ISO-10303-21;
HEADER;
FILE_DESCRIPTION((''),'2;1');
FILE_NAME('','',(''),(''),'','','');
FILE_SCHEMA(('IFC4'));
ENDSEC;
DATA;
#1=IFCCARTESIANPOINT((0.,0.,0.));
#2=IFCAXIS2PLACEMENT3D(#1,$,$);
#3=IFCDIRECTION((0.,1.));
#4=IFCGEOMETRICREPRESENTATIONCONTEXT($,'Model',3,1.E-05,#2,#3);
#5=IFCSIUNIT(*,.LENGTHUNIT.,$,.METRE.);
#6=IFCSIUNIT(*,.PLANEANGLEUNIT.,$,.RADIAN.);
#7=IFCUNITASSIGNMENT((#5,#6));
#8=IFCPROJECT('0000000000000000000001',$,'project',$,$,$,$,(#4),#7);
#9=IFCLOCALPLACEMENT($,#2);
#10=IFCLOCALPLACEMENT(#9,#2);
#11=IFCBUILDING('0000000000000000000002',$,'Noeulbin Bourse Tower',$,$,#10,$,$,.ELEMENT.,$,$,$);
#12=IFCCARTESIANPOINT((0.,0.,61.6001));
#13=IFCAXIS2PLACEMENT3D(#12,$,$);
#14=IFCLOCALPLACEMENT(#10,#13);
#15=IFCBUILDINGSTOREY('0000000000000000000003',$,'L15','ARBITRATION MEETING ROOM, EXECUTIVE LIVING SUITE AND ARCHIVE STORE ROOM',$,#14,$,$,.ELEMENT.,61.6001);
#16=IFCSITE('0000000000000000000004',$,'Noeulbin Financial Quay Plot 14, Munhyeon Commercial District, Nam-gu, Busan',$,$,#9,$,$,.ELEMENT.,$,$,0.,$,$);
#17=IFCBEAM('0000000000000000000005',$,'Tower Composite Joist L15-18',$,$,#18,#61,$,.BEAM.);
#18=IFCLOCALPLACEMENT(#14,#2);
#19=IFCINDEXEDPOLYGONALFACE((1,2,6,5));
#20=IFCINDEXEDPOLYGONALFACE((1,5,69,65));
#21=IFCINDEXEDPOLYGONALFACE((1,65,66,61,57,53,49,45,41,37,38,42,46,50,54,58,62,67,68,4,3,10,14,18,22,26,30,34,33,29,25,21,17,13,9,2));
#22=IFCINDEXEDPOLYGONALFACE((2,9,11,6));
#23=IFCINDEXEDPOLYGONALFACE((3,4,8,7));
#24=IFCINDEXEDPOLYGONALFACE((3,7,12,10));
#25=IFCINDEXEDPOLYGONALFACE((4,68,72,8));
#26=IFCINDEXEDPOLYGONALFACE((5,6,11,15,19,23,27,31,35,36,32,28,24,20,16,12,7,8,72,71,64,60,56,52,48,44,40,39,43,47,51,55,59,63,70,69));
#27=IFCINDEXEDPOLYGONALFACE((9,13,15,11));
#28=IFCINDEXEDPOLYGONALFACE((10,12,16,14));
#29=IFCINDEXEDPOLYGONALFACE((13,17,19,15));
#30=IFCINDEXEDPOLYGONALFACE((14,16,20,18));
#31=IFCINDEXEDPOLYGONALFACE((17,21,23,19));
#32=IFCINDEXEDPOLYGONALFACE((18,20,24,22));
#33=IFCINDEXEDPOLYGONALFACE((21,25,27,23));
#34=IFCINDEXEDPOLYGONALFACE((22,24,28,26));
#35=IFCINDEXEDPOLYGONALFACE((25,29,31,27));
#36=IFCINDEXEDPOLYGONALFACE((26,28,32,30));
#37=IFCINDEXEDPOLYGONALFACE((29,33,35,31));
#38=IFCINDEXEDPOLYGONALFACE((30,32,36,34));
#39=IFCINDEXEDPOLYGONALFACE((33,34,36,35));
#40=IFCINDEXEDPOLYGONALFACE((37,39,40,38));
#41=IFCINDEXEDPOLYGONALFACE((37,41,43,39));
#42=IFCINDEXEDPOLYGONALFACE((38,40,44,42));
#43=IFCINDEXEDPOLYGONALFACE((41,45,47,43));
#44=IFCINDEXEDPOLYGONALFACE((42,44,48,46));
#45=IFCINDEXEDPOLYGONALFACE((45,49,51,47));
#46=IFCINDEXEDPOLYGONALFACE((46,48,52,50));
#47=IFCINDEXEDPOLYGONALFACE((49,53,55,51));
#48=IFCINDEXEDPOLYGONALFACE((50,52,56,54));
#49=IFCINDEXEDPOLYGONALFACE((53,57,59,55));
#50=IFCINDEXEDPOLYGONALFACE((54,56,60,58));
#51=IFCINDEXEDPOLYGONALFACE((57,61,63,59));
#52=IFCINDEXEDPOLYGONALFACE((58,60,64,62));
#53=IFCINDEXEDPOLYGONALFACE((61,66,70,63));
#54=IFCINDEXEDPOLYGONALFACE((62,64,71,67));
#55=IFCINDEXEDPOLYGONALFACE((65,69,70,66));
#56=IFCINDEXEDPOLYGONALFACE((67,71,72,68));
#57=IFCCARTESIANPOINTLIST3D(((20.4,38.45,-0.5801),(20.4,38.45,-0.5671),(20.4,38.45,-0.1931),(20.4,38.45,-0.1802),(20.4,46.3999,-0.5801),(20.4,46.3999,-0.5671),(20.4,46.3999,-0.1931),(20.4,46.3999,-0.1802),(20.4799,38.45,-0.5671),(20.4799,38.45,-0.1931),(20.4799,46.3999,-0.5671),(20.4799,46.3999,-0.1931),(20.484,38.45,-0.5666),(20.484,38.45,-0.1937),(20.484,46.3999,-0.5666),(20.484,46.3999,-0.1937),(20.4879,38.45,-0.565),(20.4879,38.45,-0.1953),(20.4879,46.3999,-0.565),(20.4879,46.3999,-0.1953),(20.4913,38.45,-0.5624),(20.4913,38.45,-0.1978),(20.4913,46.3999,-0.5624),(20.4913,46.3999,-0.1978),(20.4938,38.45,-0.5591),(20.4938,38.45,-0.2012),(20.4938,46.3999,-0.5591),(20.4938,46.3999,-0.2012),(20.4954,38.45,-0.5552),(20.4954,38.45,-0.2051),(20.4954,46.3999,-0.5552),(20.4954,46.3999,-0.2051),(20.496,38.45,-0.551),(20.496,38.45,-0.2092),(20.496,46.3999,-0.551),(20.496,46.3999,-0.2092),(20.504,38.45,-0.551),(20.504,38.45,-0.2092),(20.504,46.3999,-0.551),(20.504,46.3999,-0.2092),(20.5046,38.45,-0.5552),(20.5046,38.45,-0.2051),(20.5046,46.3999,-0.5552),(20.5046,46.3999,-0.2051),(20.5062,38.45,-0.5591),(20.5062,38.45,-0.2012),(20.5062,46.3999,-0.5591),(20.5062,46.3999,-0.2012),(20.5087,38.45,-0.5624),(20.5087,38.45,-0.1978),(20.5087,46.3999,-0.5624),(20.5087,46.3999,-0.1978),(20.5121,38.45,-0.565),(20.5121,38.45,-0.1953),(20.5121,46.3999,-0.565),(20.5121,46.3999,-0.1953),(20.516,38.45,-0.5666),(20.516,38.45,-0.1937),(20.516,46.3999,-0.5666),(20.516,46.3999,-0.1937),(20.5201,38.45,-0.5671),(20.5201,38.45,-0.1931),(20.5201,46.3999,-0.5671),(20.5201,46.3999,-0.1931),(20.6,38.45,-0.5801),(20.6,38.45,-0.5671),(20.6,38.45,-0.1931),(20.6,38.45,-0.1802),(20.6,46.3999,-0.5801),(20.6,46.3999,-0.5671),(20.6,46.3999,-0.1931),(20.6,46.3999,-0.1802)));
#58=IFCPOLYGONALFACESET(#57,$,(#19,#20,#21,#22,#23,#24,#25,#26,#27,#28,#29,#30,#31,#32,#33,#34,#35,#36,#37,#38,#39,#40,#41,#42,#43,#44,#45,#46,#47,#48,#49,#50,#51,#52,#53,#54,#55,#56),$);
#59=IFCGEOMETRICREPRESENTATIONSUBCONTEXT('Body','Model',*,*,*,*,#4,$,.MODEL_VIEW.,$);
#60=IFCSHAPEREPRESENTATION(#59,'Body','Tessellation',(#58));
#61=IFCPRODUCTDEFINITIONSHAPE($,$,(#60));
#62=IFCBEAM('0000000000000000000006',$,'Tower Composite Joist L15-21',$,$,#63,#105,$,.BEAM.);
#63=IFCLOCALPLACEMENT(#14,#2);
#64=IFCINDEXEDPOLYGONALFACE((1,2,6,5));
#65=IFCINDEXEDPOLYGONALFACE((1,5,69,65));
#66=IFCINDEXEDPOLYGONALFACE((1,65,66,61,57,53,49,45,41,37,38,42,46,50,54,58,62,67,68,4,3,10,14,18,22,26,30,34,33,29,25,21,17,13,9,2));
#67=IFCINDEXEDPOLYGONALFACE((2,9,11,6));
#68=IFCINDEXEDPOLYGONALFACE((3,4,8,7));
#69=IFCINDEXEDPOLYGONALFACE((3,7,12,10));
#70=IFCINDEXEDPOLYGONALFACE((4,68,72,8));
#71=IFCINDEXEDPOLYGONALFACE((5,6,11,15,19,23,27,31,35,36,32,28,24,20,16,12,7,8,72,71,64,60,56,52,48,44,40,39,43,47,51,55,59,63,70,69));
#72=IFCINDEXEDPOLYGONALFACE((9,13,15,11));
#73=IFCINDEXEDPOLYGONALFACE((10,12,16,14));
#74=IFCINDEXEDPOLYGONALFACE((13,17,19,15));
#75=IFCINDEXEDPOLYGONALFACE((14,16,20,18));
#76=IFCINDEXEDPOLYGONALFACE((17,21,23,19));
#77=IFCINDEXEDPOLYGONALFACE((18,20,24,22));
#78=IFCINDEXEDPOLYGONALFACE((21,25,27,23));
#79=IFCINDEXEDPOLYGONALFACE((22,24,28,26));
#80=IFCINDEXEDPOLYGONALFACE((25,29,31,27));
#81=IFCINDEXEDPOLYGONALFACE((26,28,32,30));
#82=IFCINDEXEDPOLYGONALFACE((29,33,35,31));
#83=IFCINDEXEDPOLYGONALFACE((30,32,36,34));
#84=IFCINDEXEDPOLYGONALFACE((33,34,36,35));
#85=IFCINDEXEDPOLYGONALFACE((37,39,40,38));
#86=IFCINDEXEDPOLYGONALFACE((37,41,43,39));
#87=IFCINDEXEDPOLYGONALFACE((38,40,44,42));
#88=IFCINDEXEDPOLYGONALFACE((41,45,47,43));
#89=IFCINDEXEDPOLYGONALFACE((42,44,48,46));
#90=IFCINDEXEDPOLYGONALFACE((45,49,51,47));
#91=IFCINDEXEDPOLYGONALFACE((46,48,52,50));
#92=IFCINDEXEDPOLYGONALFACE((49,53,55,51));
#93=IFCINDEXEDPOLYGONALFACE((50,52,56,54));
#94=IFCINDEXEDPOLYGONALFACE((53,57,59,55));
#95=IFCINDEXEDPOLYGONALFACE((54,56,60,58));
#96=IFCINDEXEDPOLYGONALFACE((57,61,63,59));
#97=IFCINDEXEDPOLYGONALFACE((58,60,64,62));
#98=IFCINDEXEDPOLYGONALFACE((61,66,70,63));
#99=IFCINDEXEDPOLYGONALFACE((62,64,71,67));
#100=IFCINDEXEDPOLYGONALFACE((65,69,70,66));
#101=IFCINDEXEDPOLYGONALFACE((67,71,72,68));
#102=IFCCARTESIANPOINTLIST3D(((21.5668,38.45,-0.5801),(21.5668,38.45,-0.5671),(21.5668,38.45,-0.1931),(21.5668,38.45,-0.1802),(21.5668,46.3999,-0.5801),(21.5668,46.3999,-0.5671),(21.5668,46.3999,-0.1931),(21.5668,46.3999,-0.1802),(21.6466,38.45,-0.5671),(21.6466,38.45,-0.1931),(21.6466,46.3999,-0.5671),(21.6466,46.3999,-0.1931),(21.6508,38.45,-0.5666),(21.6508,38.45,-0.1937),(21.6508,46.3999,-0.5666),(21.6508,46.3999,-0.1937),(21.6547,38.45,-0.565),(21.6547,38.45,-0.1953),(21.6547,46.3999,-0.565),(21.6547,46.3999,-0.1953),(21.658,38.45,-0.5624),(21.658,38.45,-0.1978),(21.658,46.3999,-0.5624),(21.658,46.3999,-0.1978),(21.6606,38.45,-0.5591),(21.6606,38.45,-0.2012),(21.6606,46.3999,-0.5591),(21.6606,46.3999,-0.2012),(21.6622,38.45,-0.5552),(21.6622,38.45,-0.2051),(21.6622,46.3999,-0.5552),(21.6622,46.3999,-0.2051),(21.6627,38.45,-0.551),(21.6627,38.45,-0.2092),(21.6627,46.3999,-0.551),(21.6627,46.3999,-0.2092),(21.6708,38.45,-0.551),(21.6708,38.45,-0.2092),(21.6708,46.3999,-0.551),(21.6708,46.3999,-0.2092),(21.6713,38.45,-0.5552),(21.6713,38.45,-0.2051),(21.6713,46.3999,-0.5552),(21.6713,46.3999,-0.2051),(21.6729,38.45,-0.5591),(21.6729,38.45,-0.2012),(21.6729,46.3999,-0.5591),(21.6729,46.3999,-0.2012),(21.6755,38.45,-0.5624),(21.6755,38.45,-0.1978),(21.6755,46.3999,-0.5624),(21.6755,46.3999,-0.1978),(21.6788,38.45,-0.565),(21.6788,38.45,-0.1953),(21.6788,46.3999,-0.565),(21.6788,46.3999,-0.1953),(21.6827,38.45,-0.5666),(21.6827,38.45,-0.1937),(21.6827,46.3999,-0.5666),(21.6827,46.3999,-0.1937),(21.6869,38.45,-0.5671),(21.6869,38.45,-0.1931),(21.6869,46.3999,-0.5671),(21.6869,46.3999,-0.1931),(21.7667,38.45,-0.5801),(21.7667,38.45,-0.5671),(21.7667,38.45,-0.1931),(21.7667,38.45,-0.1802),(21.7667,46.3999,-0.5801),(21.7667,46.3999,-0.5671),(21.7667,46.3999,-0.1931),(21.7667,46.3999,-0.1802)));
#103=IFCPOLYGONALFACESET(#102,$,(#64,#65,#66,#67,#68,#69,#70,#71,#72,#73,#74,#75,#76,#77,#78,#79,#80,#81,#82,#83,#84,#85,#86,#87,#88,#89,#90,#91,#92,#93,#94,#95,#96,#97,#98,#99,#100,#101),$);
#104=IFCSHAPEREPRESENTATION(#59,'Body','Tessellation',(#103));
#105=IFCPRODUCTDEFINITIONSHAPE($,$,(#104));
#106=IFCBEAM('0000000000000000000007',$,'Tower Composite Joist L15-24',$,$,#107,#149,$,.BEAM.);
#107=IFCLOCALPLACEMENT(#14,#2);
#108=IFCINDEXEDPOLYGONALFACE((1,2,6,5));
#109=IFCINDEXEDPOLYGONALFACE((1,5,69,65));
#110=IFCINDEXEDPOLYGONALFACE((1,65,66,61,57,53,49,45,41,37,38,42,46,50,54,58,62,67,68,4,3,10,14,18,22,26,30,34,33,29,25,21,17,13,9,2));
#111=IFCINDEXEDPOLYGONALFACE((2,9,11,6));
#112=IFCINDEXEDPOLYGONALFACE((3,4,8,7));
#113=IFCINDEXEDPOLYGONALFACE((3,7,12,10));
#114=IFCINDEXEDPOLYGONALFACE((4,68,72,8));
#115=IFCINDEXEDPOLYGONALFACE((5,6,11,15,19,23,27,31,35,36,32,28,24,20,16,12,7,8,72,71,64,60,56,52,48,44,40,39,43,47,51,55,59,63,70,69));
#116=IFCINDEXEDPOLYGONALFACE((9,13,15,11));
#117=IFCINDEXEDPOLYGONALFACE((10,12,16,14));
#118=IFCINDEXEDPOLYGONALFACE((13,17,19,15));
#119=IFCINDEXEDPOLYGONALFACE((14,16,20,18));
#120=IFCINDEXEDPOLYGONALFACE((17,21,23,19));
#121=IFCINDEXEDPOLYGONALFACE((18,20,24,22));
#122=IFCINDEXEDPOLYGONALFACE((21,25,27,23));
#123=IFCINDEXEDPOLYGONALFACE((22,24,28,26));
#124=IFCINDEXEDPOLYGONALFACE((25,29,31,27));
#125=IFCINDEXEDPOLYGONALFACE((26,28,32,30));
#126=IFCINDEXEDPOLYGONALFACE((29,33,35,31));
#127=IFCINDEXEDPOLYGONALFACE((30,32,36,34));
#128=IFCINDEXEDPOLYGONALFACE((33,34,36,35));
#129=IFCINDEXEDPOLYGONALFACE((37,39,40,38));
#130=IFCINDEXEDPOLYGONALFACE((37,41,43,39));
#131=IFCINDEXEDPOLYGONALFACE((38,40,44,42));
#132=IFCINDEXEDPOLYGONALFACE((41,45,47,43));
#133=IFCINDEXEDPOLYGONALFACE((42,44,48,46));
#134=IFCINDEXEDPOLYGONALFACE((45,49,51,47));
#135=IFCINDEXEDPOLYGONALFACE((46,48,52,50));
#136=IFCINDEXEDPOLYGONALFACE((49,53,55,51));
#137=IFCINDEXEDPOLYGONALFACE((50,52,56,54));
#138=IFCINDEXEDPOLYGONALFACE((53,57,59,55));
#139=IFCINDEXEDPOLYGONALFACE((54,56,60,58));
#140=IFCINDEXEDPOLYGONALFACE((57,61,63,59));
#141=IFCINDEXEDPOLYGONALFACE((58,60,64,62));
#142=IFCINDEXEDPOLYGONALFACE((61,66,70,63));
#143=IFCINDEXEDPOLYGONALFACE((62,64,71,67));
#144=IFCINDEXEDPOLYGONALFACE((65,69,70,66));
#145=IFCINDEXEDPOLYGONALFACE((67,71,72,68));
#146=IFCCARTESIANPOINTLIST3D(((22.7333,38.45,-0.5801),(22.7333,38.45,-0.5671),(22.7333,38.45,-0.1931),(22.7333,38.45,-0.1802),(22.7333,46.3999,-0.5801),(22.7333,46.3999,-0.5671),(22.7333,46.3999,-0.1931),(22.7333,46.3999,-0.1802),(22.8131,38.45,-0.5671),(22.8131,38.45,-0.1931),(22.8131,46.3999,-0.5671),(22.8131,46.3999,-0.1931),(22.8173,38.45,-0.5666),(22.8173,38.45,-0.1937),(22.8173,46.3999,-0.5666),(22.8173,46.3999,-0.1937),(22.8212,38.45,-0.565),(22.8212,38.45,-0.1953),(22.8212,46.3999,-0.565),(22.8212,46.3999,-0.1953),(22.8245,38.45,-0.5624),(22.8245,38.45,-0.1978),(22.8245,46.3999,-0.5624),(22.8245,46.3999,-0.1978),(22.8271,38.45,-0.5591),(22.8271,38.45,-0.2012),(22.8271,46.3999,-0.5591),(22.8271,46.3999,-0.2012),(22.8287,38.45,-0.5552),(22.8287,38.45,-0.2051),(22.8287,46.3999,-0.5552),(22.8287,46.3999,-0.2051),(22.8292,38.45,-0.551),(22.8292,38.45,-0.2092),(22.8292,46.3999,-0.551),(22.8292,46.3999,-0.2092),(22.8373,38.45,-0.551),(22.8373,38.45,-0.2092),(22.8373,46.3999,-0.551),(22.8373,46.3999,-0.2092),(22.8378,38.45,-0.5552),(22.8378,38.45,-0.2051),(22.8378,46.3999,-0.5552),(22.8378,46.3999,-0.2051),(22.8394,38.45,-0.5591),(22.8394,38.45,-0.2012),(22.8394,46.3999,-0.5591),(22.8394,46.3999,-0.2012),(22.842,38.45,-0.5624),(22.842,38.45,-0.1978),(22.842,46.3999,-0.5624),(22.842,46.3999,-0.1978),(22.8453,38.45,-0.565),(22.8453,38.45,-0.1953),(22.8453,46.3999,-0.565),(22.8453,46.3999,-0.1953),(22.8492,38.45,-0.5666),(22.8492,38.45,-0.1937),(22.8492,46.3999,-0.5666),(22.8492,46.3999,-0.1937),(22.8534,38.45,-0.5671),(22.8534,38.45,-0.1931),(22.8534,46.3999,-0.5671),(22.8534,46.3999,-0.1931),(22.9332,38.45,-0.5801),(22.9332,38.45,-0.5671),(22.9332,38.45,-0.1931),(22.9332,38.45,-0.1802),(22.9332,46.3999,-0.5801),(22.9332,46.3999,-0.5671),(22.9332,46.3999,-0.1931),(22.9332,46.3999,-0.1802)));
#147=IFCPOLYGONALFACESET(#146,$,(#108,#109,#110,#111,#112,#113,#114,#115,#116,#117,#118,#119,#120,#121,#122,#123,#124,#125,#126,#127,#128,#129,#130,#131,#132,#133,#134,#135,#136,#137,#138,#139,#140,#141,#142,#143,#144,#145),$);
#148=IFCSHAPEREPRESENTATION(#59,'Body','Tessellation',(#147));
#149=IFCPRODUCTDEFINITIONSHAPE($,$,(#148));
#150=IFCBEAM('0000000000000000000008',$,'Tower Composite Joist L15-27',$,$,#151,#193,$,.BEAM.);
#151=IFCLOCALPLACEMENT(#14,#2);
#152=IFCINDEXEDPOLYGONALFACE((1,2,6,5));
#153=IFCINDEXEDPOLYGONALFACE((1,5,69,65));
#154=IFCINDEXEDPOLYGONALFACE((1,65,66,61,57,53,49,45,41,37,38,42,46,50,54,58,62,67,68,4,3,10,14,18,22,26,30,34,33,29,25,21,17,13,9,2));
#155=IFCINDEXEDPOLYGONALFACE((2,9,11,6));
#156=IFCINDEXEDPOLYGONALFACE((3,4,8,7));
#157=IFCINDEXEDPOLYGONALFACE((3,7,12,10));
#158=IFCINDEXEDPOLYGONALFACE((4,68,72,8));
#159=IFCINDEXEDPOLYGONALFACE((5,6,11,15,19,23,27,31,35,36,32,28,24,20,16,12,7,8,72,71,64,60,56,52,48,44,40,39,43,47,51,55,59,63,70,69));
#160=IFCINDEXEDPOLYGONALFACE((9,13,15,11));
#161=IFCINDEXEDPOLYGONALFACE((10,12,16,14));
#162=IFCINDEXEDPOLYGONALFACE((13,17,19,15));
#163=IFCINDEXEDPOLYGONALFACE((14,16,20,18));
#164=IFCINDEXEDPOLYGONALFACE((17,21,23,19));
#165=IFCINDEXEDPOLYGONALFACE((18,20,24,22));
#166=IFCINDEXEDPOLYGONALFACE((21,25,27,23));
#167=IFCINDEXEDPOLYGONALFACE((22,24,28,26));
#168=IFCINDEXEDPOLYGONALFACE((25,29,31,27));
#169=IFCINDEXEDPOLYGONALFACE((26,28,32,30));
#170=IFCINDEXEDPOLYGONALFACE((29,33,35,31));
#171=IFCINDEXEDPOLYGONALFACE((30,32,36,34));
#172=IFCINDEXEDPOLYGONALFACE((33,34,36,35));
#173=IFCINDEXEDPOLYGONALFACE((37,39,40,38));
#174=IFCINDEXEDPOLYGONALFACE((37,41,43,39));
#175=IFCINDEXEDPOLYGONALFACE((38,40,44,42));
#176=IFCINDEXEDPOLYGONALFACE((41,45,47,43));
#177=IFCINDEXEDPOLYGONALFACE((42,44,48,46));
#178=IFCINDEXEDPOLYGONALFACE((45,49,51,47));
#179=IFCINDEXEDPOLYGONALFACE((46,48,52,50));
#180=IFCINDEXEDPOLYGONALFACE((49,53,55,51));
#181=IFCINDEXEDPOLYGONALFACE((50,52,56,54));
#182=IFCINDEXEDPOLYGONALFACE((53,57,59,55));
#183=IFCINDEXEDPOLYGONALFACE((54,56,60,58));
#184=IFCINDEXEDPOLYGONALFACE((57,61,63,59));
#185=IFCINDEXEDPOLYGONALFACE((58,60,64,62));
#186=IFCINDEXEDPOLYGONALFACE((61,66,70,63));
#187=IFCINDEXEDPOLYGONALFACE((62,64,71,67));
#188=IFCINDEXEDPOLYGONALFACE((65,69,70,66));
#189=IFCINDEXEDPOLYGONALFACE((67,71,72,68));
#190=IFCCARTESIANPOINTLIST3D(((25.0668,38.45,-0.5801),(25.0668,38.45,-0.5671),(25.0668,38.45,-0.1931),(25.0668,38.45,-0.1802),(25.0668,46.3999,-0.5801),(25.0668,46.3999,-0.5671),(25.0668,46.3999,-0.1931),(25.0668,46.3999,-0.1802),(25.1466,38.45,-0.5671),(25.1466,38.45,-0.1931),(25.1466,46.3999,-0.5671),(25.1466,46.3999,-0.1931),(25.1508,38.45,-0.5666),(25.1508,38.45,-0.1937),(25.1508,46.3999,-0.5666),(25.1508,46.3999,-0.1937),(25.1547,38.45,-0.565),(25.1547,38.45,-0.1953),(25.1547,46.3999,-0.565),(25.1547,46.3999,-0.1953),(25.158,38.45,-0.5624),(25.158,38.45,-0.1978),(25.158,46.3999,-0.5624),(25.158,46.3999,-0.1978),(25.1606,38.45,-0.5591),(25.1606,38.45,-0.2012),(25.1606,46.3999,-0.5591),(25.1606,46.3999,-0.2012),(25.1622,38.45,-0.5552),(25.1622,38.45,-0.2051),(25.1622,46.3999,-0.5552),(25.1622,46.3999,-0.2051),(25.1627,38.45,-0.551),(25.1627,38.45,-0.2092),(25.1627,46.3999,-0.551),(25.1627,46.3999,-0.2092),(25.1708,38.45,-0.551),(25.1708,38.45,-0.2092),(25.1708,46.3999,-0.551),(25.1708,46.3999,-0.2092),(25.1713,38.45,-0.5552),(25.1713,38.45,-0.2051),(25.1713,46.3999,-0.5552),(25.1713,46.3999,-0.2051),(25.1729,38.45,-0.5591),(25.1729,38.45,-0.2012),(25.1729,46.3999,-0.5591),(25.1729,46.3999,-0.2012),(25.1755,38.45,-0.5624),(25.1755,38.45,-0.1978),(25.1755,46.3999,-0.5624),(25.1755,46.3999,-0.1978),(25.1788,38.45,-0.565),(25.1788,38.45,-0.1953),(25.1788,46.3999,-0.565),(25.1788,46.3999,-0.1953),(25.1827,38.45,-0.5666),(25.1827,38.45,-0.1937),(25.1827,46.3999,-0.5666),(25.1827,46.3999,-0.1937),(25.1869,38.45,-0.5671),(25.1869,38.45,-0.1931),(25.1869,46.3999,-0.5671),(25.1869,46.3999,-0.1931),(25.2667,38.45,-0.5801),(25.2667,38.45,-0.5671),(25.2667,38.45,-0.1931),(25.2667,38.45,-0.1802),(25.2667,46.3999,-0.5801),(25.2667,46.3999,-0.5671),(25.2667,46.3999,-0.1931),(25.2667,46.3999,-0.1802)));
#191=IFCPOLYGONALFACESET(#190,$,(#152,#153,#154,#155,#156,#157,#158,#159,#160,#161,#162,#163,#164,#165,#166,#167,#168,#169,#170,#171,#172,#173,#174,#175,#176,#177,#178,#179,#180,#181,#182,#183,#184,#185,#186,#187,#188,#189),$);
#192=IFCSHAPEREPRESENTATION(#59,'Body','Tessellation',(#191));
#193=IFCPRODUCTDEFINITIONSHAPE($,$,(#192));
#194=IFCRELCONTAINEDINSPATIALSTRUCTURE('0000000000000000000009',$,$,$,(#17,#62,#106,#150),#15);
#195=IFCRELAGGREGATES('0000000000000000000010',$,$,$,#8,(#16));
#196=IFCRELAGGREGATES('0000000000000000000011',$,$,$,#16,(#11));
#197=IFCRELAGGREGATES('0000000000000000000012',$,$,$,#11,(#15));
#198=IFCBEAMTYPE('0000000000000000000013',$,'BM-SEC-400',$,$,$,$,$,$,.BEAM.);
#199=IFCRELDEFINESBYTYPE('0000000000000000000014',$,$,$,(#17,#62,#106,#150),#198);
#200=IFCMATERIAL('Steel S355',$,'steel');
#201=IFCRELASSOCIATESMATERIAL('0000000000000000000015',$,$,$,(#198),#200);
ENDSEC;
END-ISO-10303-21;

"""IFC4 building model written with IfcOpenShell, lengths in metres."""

from ifc_helpers import new_model, si_unit, direction, frame, origin, origin_2d, place, context, subcontext, project, spatial, i_section, extrude, material, material_profile, profile_set, type_object, element, save


model = new_model("IFC4")

# Units and contexts
model_context = context("Model", 3, precision=1e-05, world=origin(), true_north=direction((0.0, 1.0)))
body_context = subcontext(model_context, "Body", "Model", "MODEL_VIEW")
ifc_project = project(units=[si_unit("LENGTHUNIT", "METRE"), si_unit("PLANEANGLEUNIT", "RADIAN")], contexts=[model_context])

# Site, building, storey
site_placement = place(None, origin())
site = spatial("IfcSite", under=ifc_project, at=site_placement, Name="Noeulbin Financial Quay Plot 14, Munhyeon Commercial District, Nam-gu, Busan", CompositionType="ELEMENT", RefElevation=0.0)
building_placement = place(site_placement, origin())
building = spatial("IfcBuilding", under=site, at=building_placement, Name="Noeulbin Bourse Tower", CompositionType="ELEMENT")
storey_placement = place(building_placement, frame((0.0, 0.0, 61.6001)))
storey = spatial("IfcBuildingStorey", under=building, at=storey_placement, Name="L15", Description="ARBITRATION MEETING ROOM, EXECUTIVE LIVING SUITE AND ARCHIVE STORE ROOM", CompositionType="ELEMENT", Elevation=61.6001)

# Beams
ifc_material_1 = material(Name="Steel S355", Category="steel")
ifc_material_profile_1 = material_profile(ifc_material_1, i_section(OverallWidth=0.2, OverallDepth=0.3999, WebThickness=0.0081, FlangeThickness=0.0129, FilletRadius=0.0161, at=origin_2d()), Name="H-400x200x8x13", Category="LoadBearing")
ifc_profile_set_1 = profile_set([ifc_material_profile_1], Name="Steel S355")
beam_type_1 = type_object("IfcBeamType", Name="BM-SEC-400", PredefinedType="BEAM", material=ifc_profile_set_1)
for number, where, z_axis, x_axis, name in (
    (1, (20.5, 38.45, -0.3801), (0.0, 1.0, 0.0), (-1.0, 0.0, 0.0), "Tower Composite Joist L15-18"),
    (2, (21.6667, 38.45, -0.3801), (0.0, 1.0, 0.0), (-1.0, 0.0, 0.0), "Tower Composite Joist L15-21"),
    (3, (22.8333, 38.45, -0.3801), (0.0, 1.0, 0.0), (-1.0, 0.0, 0.0), "Tower Composite Joist L15-24"),
    (4, (25.1667, 38.45, -0.3801), (0.0, 1.0, 0.0), (-1.0, 0.0, 0.0), "Tower Composite Joist L15-27"),
):
    element("IfcBeam", number, at=place(storey_placement, frame(where, z_axis=z_axis, x_axis=x_axis)), inside=storey, type_object=beam_type_1, Name=name, PredefinedType="BEAM", context=body_context, shape_type="SweptSolid", body=[
        extrude(i_section(OverallWidth=0.2, OverallDepth=0.3999, WebThickness=0.0081, FlangeThickness=0.0129, FilletRadius=0.0161, at=origin_2d()), origin(), (0.0, 0.0, 1.0), 7.95),
    ])

save(model, "model.ifc")
